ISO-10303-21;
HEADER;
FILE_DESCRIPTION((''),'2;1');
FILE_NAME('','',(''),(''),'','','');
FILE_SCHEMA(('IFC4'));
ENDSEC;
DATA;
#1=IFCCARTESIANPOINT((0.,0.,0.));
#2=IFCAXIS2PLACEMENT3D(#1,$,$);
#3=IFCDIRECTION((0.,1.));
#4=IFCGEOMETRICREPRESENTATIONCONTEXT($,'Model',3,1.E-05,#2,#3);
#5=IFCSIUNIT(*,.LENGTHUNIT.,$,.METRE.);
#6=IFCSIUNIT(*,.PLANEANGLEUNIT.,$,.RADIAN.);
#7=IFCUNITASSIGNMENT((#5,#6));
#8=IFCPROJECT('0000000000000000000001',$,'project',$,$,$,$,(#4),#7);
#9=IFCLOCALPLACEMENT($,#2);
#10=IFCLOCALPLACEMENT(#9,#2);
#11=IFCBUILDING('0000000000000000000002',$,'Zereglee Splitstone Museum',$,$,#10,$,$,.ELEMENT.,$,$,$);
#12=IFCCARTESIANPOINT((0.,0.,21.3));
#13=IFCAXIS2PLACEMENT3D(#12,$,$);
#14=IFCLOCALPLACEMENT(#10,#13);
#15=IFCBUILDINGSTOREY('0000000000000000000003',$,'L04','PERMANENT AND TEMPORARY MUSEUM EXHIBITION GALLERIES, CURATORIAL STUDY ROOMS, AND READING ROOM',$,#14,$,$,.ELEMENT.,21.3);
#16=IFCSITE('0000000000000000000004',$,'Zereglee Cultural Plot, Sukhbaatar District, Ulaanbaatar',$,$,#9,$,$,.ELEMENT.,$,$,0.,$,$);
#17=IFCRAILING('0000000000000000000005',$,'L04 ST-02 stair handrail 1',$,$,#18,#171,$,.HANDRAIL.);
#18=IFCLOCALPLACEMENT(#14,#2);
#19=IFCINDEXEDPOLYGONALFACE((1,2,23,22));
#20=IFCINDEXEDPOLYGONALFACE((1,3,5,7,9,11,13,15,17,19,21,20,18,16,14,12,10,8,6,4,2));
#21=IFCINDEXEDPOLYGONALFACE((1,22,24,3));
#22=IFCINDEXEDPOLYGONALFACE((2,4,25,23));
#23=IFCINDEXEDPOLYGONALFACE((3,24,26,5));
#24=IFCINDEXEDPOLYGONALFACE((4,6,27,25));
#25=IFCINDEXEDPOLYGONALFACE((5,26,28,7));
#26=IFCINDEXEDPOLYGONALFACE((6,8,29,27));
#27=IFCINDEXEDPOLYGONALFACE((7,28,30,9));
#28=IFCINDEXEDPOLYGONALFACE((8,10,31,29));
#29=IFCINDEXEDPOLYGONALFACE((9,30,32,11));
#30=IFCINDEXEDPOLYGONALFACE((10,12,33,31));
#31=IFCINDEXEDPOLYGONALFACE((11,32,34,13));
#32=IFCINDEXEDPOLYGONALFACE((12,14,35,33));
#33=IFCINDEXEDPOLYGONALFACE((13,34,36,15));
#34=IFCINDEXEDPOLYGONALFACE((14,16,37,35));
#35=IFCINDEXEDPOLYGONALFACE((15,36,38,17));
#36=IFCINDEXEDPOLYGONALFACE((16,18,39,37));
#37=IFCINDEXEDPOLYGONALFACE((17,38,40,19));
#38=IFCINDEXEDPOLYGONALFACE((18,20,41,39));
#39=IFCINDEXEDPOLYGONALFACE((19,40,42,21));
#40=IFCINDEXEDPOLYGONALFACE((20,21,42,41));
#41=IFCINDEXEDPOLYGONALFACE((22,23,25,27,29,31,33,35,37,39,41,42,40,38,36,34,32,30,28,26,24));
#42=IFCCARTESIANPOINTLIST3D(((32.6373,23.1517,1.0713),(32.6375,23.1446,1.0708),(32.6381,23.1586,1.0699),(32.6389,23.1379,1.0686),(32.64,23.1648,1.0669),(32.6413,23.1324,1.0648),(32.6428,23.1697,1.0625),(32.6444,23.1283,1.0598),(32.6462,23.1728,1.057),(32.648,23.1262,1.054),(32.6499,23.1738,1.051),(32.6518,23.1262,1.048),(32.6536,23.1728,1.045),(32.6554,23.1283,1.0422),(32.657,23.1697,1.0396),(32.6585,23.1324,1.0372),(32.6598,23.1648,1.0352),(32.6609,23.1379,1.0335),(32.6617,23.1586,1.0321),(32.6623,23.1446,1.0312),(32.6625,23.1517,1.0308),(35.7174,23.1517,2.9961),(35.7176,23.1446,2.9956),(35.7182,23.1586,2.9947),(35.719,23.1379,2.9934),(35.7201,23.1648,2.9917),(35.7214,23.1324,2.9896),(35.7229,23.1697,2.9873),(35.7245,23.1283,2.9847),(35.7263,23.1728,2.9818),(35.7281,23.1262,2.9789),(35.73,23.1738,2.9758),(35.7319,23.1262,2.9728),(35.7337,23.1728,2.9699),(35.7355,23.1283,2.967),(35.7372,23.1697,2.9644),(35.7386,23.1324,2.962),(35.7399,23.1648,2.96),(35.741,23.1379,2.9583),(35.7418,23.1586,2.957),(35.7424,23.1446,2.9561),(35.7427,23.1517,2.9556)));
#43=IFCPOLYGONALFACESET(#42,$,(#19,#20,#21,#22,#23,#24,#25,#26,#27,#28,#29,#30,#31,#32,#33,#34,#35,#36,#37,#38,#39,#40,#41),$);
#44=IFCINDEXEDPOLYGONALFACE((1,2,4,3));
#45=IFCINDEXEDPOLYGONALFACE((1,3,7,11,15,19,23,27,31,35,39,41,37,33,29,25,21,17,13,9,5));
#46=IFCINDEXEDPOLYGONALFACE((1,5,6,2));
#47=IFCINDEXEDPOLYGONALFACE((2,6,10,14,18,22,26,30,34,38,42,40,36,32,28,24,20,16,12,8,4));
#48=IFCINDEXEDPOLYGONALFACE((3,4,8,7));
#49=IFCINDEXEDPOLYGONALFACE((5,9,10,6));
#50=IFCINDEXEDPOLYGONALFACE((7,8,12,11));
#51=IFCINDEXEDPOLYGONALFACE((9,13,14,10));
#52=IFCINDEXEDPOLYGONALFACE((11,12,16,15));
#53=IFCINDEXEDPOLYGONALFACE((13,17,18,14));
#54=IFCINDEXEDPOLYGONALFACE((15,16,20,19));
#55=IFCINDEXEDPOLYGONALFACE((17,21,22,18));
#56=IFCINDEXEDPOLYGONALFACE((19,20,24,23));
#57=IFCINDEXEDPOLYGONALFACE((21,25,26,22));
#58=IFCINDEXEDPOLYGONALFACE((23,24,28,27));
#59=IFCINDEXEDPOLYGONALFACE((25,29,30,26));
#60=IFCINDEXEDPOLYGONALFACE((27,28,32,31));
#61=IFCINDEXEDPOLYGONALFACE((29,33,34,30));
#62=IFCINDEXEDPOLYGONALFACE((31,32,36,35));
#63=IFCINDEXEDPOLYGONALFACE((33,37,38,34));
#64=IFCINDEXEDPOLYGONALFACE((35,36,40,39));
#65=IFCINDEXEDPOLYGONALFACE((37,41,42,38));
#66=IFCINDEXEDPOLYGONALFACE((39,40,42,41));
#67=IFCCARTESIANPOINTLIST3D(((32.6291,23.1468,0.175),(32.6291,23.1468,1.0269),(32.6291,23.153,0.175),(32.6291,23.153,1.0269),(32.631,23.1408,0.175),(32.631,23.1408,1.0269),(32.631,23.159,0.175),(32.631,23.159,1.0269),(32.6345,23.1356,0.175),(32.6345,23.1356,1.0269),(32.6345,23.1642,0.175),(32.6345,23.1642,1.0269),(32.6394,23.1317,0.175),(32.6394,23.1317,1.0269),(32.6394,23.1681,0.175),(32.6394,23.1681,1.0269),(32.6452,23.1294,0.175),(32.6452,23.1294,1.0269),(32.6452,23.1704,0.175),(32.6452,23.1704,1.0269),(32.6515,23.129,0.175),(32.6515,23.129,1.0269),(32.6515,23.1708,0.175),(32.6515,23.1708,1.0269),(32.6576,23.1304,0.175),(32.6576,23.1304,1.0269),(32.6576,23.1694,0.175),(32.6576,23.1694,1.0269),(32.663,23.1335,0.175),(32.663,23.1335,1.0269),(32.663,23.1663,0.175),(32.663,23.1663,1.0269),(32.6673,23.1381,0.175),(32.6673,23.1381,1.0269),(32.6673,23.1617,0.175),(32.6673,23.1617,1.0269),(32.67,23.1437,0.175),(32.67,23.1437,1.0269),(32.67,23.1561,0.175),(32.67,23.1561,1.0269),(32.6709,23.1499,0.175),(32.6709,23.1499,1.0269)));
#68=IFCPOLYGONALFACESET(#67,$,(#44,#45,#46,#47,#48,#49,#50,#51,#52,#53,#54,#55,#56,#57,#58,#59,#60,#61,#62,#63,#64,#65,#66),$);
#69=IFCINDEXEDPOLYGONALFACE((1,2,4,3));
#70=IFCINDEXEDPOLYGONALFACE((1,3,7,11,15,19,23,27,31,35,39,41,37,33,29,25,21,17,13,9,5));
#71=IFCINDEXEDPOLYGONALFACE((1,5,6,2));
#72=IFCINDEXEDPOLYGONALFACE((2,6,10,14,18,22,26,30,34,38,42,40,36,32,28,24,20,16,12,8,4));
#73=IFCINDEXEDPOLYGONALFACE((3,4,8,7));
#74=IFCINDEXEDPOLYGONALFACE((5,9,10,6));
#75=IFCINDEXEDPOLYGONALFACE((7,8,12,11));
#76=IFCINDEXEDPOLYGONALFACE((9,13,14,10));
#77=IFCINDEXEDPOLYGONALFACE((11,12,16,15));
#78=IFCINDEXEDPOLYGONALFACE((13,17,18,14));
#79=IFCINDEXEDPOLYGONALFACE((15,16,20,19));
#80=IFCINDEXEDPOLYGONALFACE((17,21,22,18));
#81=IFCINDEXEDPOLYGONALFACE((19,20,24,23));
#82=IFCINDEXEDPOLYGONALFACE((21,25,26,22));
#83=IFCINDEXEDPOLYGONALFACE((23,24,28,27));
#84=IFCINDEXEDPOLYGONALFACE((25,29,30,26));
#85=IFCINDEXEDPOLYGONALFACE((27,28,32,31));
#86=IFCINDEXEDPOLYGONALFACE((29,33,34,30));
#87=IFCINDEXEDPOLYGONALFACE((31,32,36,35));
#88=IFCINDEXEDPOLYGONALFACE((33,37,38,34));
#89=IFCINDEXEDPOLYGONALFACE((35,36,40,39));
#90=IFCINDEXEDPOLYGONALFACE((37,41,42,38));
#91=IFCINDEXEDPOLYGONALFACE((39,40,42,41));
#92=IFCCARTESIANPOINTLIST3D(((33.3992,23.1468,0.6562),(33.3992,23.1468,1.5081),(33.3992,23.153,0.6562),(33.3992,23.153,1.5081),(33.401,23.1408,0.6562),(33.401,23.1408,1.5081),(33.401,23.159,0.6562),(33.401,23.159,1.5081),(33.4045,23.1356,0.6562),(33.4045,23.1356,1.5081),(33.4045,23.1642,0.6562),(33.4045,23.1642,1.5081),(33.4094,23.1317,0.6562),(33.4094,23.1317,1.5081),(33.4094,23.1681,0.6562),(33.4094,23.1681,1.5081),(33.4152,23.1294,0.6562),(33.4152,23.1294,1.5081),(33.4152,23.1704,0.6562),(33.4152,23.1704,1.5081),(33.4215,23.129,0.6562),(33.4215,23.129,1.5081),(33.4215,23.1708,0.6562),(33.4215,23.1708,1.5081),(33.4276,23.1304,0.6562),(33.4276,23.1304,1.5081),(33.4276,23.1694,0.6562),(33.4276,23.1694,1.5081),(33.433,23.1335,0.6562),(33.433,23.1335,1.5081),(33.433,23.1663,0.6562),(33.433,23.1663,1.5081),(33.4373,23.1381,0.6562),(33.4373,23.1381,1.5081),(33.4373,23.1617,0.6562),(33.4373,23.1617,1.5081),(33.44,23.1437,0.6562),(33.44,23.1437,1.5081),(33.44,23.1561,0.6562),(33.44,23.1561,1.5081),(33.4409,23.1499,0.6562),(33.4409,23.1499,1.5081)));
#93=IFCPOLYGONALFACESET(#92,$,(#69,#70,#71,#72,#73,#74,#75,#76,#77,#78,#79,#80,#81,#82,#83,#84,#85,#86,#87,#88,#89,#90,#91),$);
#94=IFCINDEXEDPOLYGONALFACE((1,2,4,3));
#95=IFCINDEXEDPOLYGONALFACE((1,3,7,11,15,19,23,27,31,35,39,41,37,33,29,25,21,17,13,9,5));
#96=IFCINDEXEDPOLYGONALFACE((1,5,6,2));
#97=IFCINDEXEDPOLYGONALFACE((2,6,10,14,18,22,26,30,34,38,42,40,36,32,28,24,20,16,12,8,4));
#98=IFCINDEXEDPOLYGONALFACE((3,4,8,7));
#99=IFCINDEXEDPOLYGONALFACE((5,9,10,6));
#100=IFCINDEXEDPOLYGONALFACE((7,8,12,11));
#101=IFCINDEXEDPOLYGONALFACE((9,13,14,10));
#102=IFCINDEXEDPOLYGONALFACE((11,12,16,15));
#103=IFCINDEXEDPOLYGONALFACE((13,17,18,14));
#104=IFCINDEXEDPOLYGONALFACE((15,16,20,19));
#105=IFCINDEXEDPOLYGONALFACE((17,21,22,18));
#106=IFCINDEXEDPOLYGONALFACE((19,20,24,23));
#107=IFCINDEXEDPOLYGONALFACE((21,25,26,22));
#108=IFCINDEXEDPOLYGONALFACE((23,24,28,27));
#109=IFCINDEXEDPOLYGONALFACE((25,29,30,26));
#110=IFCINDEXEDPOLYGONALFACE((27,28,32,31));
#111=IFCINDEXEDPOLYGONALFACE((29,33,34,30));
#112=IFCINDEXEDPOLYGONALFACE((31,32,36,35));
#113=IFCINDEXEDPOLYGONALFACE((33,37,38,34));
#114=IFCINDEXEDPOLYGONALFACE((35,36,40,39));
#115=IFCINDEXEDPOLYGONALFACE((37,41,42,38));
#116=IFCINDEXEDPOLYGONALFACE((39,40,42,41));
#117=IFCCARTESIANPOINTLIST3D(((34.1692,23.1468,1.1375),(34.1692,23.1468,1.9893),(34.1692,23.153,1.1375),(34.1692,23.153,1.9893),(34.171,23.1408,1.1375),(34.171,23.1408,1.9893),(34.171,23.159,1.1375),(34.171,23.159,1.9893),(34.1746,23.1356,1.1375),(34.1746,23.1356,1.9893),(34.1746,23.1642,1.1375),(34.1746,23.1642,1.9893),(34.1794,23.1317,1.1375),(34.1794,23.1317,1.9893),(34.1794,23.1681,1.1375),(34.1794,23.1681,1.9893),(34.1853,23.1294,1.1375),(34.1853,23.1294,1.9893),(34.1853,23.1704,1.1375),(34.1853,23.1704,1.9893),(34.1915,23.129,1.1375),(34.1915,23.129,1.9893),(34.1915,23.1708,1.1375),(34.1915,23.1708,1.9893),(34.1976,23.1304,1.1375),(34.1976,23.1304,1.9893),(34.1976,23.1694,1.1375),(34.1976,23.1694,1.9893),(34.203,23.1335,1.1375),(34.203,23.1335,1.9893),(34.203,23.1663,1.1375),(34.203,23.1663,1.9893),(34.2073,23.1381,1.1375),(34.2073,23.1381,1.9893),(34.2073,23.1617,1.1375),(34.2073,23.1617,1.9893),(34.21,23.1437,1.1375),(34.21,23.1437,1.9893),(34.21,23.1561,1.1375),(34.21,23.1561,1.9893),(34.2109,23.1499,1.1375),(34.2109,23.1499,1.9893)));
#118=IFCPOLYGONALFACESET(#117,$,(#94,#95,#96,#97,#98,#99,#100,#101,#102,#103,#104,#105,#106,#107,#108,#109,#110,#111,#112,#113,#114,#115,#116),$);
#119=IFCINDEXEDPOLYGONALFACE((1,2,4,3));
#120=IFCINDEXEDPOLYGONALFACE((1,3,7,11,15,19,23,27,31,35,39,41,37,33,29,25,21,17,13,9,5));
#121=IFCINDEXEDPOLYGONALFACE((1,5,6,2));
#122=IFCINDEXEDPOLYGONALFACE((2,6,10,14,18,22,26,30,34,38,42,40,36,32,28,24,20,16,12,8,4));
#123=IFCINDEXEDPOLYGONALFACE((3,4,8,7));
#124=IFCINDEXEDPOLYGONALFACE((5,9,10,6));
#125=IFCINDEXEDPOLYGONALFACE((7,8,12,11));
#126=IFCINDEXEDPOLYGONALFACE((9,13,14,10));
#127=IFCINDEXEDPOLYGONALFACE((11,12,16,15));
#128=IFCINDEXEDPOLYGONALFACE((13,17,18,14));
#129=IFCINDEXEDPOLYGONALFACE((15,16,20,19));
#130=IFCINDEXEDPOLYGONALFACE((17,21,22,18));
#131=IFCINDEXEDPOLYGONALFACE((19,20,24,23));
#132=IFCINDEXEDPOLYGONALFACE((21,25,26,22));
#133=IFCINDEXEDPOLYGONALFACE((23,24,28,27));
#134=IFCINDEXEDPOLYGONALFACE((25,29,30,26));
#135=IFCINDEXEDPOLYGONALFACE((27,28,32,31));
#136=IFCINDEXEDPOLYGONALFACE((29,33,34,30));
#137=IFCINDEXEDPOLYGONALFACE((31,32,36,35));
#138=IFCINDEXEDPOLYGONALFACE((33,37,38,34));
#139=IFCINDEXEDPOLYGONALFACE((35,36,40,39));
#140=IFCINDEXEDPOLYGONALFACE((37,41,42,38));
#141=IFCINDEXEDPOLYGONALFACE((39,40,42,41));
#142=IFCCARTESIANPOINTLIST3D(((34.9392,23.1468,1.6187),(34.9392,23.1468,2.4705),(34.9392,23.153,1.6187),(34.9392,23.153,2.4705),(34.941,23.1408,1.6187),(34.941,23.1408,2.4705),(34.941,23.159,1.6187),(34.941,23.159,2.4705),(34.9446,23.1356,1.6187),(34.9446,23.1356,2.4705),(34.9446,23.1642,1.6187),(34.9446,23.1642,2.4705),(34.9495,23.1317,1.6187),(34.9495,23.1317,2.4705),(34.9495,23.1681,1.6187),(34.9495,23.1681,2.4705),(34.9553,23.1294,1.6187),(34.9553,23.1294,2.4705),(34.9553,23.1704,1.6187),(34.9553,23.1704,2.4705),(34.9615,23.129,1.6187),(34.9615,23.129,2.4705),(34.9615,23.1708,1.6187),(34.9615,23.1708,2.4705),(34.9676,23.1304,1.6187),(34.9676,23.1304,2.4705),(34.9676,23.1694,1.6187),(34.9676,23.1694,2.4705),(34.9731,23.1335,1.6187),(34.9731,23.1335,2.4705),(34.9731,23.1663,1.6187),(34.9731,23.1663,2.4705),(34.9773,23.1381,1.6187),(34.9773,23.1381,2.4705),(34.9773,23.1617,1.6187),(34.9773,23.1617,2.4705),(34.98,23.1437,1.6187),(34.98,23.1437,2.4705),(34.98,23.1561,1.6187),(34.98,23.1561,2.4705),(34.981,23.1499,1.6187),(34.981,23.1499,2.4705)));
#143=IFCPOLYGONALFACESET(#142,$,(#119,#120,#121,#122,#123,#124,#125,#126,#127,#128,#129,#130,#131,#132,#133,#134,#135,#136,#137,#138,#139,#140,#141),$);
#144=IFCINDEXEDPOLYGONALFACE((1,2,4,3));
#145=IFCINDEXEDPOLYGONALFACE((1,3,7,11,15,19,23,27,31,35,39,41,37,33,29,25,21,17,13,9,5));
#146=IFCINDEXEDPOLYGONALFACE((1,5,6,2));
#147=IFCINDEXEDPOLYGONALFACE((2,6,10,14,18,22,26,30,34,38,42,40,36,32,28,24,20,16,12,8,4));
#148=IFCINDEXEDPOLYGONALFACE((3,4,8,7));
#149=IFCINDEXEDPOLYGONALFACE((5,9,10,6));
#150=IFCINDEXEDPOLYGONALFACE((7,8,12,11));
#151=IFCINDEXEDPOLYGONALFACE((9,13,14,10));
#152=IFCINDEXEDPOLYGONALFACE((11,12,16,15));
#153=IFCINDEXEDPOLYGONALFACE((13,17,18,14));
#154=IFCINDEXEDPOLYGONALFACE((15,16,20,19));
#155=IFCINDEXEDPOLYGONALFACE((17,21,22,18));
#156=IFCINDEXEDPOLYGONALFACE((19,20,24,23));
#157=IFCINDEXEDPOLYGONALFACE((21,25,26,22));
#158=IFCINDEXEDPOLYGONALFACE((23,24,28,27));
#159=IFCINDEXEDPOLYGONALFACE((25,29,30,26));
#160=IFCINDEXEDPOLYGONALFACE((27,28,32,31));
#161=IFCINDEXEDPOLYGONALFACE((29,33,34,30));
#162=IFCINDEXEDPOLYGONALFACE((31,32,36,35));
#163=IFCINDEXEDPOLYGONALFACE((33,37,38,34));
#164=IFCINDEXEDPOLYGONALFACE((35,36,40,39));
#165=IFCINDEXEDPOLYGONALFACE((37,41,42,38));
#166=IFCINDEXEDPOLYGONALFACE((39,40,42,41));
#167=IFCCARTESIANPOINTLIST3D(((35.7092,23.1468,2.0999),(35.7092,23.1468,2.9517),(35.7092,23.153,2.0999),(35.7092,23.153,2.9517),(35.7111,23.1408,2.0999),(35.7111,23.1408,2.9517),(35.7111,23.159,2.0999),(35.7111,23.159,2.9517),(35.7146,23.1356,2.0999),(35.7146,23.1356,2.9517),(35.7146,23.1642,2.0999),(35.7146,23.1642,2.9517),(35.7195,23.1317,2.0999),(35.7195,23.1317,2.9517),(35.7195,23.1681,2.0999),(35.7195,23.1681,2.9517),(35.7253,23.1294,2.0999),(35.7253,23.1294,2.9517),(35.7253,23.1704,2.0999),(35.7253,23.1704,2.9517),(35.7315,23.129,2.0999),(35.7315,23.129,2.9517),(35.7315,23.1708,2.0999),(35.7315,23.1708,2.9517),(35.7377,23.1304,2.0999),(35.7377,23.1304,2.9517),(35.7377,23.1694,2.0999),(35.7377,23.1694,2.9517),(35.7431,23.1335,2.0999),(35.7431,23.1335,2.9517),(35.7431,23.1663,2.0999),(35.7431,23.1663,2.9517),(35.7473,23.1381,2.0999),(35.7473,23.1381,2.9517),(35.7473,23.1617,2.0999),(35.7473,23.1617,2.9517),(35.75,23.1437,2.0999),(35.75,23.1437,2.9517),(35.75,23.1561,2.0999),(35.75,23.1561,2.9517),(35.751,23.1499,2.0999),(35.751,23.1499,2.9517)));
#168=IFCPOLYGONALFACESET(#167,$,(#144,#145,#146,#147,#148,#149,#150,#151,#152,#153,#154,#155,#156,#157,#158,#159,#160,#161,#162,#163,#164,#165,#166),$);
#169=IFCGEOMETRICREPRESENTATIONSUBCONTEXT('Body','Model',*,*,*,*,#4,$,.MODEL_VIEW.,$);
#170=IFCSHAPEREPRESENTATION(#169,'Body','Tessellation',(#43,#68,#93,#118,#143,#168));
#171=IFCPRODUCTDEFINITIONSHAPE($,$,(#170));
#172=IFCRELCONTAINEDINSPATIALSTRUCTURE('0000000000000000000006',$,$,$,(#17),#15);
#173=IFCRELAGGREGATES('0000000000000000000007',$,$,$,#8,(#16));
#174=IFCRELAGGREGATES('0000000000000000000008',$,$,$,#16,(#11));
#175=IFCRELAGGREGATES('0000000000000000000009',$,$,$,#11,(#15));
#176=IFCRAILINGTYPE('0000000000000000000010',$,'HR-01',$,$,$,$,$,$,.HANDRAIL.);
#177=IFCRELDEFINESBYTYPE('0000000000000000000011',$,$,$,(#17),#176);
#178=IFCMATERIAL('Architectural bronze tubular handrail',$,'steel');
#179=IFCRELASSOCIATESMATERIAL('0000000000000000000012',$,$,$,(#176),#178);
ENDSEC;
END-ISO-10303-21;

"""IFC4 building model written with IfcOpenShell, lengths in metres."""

from ifc_helpers import new_model, si_unit, direction, frame, origin, origin_2d, place, context, subcontext, project, spatial, circle, extrude, material, type_object, element, save


model = new_model("IFC4")

# Units and contexts
model_context = context("Model", 3, precision=1e-05, world=origin(), true_north=direction((0.0, 1.0)))
body_context = subcontext(model_context, "Body", "Model", "MODEL_VIEW")
ifc_project = project(units=[si_unit("LENGTHUNIT", "METRE"), si_unit("PLANEANGLEUNIT", "RADIAN")], contexts=[model_context])

# Site, building, storey
site_placement = place(None, origin())
site = spatial("IfcSite", under=ifc_project, at=site_placement, Name="Zereglee Cultural Plot, Sukhbaatar District, Ulaanbaatar", CompositionType="ELEMENT", RefElevation=0.0)
building_placement = place(site_placement, origin())
building = spatial("IfcBuilding", under=site, at=building_placement, Name="Zereglee Splitstone Museum", CompositionType="ELEMENT")
storey_placement = place(building_placement, frame((0.0, 0.0, 21.3)))
storey = spatial("IfcBuildingStorey", under=building, at=storey_placement, Name="L04", Description="PERMANENT AND TEMPORARY MUSEUM EXHIBITION GALLERIES, CURATORIAL STUDY ROOMS, AND READING ROOM", CompositionType="ELEMENT", Elevation=21.3)

# Railing
ifc_material_1 = material(Name="Architectural bronze tubular handrail", Category="steel")
railing_type_1 = type_object("IfcRailingType", Name="HR-01", PredefinedType="HANDRAIL", material=ifc_material_1)
railing_1_placement = place(storey_placement, frame((32.6499, 23.1499, 0.175)))
element("IfcRailing", 1, at=railing_1_placement, inside=storey, type_object=railing_type_1, Name="L04 ST-02 stair handrail 1", PredefinedType="HANDRAIL", context=body_context, shape_type="SweptSolid", body=[
    extrude(circle(Radius=0.0239, at=origin_2d()), frame((0.0, 0.0, 0.876), z_axis=(0.848029, 0.0, 0.529951), x_axis=(0.0, 1.0, 0.0)), (0.0, 0.0, 1.0), 3.6321),
    extrude(circle(Radius=0.021, at=origin_2d()), origin(), (0.0, 0.0, 1.0), 0.8518),
    extrude(circle(Radius=0.021, at=origin_2d()), frame((0.77, 0.0, 0.4812)), (0.0, 0.0, 1.0), 0.8518),
    extrude(circle(Radius=0.021, at=origin_2d()), frame((1.54, 0.0, 0.9624)), (0.0, 0.0, 1.0), 0.8518),
    extrude(circle(Radius=0.021, at=origin_2d()), frame((2.3101, 0.0, 1.4436)), (0.0, 0.0, 1.0), 0.8518),
    extrude(circle(Radius=0.021, at=origin_2d()), frame((3.0801, 0.0, 1.9248)), (0.0, 0.0, 1.0), 0.8518),
])

save(model, "model.ifc")
